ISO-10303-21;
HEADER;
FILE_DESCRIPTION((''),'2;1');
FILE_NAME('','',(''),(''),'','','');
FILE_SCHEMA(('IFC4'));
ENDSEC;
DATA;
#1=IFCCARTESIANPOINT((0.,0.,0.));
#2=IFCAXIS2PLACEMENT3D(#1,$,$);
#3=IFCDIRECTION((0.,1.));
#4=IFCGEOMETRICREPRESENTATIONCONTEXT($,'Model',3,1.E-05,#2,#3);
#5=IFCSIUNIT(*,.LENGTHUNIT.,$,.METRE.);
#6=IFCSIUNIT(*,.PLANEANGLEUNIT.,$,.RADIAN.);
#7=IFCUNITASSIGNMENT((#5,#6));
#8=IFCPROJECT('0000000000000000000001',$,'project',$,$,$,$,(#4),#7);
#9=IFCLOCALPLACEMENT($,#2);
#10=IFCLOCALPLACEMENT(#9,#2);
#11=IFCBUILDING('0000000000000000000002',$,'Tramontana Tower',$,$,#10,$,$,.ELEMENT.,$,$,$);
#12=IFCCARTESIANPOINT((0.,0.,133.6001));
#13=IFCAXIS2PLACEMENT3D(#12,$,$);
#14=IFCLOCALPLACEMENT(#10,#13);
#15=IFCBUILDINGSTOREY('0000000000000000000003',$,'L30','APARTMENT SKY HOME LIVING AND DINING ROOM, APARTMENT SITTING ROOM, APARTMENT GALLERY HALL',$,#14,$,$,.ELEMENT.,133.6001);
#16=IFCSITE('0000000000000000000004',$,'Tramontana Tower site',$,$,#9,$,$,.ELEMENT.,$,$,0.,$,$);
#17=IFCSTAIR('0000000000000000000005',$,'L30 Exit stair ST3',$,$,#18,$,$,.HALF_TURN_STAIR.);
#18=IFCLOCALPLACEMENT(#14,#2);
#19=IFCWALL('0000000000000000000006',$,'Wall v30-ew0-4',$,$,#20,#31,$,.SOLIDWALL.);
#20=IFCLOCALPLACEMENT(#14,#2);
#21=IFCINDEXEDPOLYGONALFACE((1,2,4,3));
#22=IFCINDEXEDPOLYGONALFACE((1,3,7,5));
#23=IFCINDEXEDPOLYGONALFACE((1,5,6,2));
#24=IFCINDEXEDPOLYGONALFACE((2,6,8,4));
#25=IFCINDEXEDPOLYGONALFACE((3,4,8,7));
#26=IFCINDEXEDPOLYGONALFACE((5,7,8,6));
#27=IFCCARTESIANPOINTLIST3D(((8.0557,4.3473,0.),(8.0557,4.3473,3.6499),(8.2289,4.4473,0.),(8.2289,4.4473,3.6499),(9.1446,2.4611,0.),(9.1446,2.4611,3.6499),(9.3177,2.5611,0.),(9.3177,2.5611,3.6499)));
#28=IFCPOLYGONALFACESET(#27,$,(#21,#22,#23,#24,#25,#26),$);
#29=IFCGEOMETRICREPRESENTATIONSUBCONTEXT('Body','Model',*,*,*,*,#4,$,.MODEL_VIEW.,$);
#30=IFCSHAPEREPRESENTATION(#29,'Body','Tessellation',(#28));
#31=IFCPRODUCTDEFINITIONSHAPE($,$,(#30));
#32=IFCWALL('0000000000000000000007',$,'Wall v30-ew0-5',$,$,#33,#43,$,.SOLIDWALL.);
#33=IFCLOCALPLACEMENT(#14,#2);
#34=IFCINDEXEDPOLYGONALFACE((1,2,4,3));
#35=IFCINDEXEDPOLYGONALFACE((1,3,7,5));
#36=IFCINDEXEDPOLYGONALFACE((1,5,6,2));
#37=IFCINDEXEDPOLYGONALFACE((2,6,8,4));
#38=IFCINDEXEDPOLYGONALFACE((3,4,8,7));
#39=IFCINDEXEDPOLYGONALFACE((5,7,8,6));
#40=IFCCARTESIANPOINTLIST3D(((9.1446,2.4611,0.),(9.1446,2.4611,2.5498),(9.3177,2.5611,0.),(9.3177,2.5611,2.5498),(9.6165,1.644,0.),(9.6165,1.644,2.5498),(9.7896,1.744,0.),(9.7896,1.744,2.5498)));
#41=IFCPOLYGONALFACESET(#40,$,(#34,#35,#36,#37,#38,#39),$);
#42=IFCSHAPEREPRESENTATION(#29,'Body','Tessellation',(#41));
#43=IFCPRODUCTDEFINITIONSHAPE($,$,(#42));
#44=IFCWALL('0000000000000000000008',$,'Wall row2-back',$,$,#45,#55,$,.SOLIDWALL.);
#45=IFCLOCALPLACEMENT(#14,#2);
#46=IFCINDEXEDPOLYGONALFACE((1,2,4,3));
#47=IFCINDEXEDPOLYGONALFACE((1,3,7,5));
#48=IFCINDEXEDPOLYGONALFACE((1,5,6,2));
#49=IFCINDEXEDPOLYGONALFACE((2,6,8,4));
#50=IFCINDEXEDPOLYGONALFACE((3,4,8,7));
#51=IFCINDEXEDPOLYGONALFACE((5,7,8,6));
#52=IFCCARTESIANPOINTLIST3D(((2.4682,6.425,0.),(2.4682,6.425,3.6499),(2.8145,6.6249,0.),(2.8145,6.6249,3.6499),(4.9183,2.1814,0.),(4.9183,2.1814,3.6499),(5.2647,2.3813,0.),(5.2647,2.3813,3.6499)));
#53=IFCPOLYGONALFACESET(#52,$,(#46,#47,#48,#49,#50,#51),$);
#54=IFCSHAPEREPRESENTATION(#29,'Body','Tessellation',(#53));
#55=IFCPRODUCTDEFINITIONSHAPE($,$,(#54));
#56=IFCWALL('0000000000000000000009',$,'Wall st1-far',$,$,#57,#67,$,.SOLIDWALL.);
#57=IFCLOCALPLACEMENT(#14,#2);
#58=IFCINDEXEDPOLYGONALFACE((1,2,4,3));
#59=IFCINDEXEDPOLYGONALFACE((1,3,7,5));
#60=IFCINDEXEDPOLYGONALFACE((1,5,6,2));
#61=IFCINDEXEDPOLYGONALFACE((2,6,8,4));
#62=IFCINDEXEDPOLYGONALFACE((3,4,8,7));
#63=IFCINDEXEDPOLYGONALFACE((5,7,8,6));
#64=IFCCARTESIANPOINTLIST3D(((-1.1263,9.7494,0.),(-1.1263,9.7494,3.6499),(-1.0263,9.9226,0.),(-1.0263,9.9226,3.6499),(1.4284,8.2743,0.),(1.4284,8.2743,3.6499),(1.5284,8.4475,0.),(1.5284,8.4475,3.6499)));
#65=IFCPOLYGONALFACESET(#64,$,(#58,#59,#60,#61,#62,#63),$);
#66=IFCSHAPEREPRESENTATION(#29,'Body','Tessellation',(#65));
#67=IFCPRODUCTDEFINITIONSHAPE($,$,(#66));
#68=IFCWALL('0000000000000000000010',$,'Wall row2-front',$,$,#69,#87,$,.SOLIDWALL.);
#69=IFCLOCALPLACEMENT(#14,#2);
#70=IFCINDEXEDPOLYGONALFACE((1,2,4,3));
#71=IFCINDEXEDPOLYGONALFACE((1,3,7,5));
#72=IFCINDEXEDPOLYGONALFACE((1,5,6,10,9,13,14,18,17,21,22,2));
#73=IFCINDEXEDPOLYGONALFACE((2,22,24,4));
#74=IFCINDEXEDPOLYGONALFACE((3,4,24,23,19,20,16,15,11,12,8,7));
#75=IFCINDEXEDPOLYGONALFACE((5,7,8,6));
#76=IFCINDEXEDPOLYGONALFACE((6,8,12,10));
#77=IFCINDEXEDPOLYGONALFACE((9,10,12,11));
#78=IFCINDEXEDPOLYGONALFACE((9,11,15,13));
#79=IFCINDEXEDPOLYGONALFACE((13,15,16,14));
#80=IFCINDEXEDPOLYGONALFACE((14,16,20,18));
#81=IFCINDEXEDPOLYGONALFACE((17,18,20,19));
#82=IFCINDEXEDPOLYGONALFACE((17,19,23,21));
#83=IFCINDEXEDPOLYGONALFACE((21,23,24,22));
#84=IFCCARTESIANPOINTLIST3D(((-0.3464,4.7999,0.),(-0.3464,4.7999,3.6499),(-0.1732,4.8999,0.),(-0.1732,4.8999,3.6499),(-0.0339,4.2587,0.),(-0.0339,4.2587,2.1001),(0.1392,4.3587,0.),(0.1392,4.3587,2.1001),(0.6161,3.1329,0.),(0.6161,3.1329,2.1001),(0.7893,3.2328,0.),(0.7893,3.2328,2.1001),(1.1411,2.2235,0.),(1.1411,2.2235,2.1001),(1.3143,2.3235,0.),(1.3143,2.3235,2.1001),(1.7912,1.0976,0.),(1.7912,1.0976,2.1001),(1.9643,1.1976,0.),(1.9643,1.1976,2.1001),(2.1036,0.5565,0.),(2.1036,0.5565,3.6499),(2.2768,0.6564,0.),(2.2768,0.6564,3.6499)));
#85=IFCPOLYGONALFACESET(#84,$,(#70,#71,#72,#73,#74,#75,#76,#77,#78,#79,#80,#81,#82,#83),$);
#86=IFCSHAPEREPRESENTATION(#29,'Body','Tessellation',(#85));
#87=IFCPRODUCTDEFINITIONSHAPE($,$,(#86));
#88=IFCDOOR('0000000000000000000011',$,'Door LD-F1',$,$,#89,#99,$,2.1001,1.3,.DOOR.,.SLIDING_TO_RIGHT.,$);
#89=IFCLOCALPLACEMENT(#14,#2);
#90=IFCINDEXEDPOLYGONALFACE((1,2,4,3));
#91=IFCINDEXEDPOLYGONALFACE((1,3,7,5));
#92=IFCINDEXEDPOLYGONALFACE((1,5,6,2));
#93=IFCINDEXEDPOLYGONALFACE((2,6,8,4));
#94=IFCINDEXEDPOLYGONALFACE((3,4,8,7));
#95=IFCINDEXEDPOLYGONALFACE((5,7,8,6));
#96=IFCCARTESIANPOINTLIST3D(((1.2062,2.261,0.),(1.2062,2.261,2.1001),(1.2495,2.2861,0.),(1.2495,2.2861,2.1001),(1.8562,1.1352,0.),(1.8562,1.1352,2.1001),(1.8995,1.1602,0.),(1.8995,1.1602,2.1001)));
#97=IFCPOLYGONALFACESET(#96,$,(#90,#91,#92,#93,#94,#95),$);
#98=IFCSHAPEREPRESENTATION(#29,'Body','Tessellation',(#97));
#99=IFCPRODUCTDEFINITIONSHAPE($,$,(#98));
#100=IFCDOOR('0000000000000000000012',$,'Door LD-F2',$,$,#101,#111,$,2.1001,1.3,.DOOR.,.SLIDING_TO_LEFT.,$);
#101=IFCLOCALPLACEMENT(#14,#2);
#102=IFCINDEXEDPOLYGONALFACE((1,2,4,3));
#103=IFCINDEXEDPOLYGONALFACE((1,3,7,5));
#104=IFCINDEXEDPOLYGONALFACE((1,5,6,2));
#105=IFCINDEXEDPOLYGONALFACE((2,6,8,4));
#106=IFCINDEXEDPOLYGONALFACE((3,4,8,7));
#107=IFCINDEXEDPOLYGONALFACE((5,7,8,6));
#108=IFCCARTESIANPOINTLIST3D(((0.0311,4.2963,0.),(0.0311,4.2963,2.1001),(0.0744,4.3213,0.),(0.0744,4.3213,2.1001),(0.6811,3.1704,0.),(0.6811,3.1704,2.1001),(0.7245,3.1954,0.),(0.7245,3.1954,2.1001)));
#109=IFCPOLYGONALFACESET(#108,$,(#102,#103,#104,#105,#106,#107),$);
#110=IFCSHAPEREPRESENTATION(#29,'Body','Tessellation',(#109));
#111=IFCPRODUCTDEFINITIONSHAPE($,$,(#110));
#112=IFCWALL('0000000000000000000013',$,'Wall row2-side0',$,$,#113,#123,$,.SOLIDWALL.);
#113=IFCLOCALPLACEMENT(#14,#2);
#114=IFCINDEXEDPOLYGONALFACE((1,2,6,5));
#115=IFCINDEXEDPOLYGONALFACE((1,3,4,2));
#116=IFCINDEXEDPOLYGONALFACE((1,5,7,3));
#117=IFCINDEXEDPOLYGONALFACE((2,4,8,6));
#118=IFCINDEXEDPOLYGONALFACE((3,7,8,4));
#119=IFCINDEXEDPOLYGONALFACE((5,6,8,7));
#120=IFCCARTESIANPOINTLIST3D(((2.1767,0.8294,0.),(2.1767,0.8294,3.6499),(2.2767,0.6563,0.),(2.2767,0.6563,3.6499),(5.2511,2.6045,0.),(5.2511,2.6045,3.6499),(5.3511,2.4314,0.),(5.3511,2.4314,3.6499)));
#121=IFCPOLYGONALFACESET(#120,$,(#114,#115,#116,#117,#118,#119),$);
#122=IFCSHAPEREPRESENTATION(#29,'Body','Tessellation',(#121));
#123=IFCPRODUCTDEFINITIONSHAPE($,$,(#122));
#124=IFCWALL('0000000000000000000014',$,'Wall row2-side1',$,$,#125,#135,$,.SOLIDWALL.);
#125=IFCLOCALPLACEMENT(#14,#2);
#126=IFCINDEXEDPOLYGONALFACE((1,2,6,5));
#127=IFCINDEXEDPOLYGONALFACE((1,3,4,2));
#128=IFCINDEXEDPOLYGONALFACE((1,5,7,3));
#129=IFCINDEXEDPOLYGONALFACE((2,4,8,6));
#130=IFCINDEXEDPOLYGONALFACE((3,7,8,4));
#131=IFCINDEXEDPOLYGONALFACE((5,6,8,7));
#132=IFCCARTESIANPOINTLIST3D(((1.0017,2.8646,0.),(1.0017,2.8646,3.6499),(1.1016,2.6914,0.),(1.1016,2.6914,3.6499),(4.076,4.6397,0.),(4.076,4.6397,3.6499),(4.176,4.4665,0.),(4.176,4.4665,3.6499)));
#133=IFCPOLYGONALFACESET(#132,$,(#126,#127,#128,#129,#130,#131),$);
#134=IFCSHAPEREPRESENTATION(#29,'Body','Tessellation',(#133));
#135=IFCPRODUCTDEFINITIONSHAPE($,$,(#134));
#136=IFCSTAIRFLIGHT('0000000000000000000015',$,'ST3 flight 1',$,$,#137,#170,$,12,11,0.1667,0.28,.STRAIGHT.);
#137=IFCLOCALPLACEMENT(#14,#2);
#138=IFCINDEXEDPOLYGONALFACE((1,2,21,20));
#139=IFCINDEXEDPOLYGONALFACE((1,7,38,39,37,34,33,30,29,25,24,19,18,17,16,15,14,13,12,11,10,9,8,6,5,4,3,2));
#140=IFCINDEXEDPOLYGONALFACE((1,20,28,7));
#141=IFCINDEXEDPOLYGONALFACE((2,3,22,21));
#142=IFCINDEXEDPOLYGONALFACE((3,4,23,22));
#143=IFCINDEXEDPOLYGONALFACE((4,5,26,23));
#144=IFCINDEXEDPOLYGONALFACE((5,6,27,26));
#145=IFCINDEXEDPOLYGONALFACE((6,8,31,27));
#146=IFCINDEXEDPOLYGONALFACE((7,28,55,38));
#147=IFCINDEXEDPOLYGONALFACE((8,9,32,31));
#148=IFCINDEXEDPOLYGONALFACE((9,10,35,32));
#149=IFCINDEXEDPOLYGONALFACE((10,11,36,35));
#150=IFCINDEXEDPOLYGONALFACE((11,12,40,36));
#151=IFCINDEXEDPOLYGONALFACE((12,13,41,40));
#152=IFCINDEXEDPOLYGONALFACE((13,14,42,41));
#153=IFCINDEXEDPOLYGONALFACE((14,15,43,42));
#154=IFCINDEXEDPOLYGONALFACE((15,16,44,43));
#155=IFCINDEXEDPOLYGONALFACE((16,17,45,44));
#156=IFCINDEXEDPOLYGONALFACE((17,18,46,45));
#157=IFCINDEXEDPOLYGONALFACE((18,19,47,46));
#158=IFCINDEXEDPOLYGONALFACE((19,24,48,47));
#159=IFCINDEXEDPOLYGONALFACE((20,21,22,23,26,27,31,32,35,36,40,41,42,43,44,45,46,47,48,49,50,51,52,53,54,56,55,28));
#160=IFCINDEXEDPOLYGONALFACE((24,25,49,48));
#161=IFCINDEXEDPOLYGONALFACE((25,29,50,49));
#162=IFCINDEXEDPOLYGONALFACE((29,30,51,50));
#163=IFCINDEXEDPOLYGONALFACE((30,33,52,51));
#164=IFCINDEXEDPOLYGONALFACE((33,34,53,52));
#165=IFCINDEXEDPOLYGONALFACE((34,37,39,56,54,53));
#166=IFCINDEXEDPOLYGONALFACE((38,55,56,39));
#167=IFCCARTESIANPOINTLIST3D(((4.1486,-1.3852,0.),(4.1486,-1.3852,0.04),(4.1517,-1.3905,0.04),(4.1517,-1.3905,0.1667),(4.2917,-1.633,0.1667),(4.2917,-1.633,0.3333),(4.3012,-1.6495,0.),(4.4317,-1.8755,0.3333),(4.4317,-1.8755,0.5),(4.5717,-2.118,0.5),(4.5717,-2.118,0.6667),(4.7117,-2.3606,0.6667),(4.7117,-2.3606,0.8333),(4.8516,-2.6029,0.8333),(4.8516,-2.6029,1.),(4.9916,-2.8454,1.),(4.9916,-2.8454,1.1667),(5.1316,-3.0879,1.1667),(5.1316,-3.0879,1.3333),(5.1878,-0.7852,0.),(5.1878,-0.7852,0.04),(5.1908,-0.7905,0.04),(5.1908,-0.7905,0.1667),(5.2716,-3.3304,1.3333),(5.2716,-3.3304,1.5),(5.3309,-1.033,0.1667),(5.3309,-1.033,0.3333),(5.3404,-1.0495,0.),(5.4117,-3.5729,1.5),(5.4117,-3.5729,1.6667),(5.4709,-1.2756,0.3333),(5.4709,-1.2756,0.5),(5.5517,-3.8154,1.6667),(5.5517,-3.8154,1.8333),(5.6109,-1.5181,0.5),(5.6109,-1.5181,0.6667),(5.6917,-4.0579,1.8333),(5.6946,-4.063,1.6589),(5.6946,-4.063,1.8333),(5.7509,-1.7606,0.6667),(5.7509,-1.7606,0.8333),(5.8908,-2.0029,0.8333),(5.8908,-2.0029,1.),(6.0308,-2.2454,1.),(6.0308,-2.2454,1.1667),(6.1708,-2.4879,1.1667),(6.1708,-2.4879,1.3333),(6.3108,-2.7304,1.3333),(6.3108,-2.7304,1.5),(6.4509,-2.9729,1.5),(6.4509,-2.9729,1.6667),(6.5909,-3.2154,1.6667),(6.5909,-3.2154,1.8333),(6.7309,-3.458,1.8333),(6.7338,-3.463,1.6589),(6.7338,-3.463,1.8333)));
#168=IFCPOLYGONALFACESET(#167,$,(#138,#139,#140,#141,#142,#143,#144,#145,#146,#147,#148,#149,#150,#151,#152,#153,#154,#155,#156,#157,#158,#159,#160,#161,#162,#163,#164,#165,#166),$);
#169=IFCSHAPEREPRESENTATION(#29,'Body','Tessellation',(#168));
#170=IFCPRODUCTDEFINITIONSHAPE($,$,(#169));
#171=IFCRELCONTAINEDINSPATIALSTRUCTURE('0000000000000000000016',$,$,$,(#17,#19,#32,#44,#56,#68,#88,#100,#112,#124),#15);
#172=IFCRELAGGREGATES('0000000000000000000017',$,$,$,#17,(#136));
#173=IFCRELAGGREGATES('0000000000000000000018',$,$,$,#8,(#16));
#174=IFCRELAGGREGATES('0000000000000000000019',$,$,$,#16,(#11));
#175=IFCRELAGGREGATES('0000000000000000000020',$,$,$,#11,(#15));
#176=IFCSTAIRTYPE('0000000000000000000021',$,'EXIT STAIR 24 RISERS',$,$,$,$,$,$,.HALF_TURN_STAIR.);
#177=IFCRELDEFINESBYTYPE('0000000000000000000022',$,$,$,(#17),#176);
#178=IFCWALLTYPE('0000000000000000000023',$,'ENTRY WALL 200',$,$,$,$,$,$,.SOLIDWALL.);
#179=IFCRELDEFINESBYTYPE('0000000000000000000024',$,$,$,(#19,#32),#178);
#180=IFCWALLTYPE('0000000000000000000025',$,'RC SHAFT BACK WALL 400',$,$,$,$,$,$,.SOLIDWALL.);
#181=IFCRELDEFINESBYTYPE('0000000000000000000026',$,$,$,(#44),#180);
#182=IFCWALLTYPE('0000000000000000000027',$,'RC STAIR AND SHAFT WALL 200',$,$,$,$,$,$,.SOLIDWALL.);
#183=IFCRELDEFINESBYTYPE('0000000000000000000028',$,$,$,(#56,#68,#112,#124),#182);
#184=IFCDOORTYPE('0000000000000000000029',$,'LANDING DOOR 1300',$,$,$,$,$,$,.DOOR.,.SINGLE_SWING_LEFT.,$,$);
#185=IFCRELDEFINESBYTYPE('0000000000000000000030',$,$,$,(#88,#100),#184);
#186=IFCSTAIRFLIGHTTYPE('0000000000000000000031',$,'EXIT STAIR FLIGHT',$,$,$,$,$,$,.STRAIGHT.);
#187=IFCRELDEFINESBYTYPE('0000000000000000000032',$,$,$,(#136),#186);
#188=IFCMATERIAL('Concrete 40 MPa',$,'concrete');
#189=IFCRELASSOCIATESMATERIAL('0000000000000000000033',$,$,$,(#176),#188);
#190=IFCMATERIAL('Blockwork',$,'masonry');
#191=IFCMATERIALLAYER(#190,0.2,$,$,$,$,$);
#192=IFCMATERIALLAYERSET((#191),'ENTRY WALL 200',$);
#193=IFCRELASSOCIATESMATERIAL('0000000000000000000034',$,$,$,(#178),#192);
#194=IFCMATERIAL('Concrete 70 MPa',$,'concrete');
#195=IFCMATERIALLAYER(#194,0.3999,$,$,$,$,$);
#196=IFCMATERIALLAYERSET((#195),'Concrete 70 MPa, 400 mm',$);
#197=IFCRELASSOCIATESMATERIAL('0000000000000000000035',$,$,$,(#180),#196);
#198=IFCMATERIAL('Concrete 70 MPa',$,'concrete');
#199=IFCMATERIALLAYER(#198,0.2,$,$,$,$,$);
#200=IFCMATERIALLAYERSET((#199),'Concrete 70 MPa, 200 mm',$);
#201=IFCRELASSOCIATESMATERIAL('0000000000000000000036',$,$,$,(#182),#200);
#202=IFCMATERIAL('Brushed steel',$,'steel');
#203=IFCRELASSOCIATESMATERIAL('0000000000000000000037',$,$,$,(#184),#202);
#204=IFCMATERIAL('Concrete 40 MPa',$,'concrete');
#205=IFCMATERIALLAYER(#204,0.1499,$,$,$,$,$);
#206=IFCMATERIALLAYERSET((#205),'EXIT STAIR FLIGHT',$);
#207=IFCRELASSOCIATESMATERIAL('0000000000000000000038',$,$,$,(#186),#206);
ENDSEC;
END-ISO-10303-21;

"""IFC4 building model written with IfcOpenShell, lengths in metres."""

from ifc_helpers import new_model, si_unit, direction, frame, frame_2d, origin, place, context, subcontext, project, spatial, polyline, rectangle, outline, extrude, material, layer, layer_set, type_object, element, fill, aggregate, save


model = new_model("IFC4")

# Units and contexts
model_context = context("Model", 3, precision=1e-05, world=origin(), true_north=direction((0.0, 1.0)))
body_context = subcontext(model_context, "Body", "Model", "MODEL_VIEW")
ifc_project = project(units=[si_unit("LENGTHUNIT", "METRE"), si_unit("PLANEANGLEUNIT", "RADIAN")], contexts=[model_context])

# Site, building, storey
site_placement = place(None, origin())
site = spatial("IfcSite", under=ifc_project, at=site_placement, Name="Tramontana Tower site", CompositionType="ELEMENT", RefElevation=0.0)
building_placement = place(site_placement, origin())
building = spatial("IfcBuilding", under=site, at=building_placement, Name="Tramontana Tower", CompositionType="ELEMENT")
storey_placement = place(building_placement, frame((0.0, 0.0, 133.6001)))
storey = spatial("IfcBuildingStorey", under=building, at=storey_placement, Name="L30", Description="APARTMENT SKY HOME LIVING AND DINING ROOM, APARTMENT SITTING ROOM, APARTMENT GALLERY HALL", CompositionType="ELEMENT", Elevation=133.6001)

# Stair
ifc_material_1 = material(Name="Concrete 40 MPa", Category="concrete")
stair_type = type_object("IfcStairType", Name="EXIT STAIR 24 RISERS", PredefinedType="HALF_TURN_STAIR", material=ifc_material_1)
stair_1_placement = place(storey_placement, origin())
stair_1 = element("IfcStair", 1, at=stair_1_placement, inside=storey, type_object=stair_type, Name="L30 Exit stair ST3", PredefinedType="HALF_TURN_STAIR")

# Walls
ifc_material_2 = material(Name="Blockwork", Category="masonry")
ifc_layer_1 = layer(ifc_material_2, 0.2)
ifc_layer_set_1 = layer_set([ifc_layer_1], Name="ENTRY WALL 200")
wall_type_1 = type_object("IfcWallType", Name="ENTRY WALL 200", PredefinedType="SOLIDWALL", material=ifc_layer_set_1)
wall_1_placement = place(storey_placement, frame((8.1423, 4.3972, 0.0), z_axis=(0.0, 0.0, 1.0), x_axis=(0.499949, -0.866055, 0.0)))
element("IfcWall", 2, at=wall_1_placement, inside=storey, type_object=wall_type_1, Name="Wall v30-ew0-4", PredefinedType="SOLIDWALL", context=body_context, shape_type="SweptSolid", body=[
    extrude(rectangle(XDim=2.178, YDim=0.2, at=frame_2d((1.0889, 0.0))), origin(), (0.0, 0.0, 1.0), 3.6499),
])
wall_2_placement = place(storey_placement, frame((9.2312, 2.511, 0.0), z_axis=(0.0, 0.0, 1.0), x_axis=(0.500118, -0.865957, 0.0)))
element("IfcWall", 3, at=wall_2_placement, inside=storey, type_object=wall_type_1, Name="Wall v30-ew0-5", PredefinedType="SOLIDWALL", context=body_context, shape_type="SweptSolid", body=[
    extrude(rectangle(XDim=0.9436, YDim=0.2, at=frame_2d((0.4717, 0.0))), origin(), (0.0, 0.0, 1.0), 2.5498),
])
ifc_material_3 = material(Name="Concrete 70 MPa", Category="concrete")
ifc_layer_2 = layer(ifc_material_3, 0.3999)
ifc_layer_set_2 = layer_set([ifc_layer_2], Name="Concrete 70 MPa, 400 mm")
wall_type_2 = type_object("IfcWallType", Name="RC SHAFT BACK WALL 400", PredefinedType="SOLIDWALL", material=ifc_layer_set_2)
wall_3_placement = place(storey_placement, frame((5.0916, 2.2812, 0.0), z_axis=(0.0, 0.0, 1.0), x_axis=(-0.500019, 0.866015, 0.0)))
element("IfcWall", 4, at=wall_3_placement, inside=storey, type_object=wall_type_2, Name="Wall row2-back", PredefinedType="SOLIDWALL", context=body_context, shape_type="SweptSolid", body=[
    extrude(rectangle(XDim=4.9001, YDim=0.3999, at=frame_2d((2.4502, 0.0))), origin(), (0.0, 0.0, 1.0), 3.6499),
])
ifc_material_4 = material(Name="Concrete 70 MPa", Category="concrete")
ifc_layer_3 = layer(ifc_material_4, 0.2)
ifc_layer_set_3 = layer_set([ifc_layer_3], Name="Concrete 70 MPa, 200 mm")
wall_type_3 = type_object("IfcWallType", Name="RC STAIR AND SHAFT WALL 200", PredefinedType="SOLIDWALL", material=ifc_layer_set_3)
wall_4_placement = place(storey_placement, frame((1.4785, 8.3608, 0.0), z_axis=(0.0, 0.0, 1.0), x_axis=(-0.866004, 0.500038, 0.0)))
element("IfcWall", 5, at=wall_4_placement, inside=storey, type_object=wall_type_3, Name="Wall st1-far", PredefinedType="SOLIDWALL", context=body_context, shape_type="SweptSolid", body=[
    extrude(rectangle(XDim=2.95, YDim=0.2, at=frame_2d((1.4751, 0.0))), origin(), (0.0, 0.0, 1.0), 3.6499),
])

# Wall, openings, doors
wall_5_placement = place(storey_placement, frame((2.1902, 0.6064, 0.0), z_axis=(0.0, 0.0, 1.0), x_axis=(-0.500003, 0.866024, 0.0)))
wall_5 = element("IfcWall", 6, at=wall_5_placement, inside=storey, type_object=wall_type_3, Name="Wall row2-front", PredefinedType="SOLIDWALL", context=body_context, shape_type="SweptSolid", body=[
    extrude(rectangle(XDim=4.8999, YDim=0.2, at=frame_2d((2.45, 0.0))), origin(), (0.0, 0.0, 1.0), 3.6499),
])
opening_1_placement = place(wall_5_placement, frame((0.625, 0.0, 0.0)))
opening_1 = element("IfcOpeningElement", 7, at=opening_1_placement, cuts=wall_5, PredefinedType="OPENING", context=body_context, shape_type="SweptSolid", body=[
    extrude(rectangle(XDim=1.3, YDim=2.1001, at=frame_2d((0.6499, 1.05))), frame((0.0, 0.1099, 0.0), z_axis=(0.0, -1.0, 0.0), x_axis=(1.0, 0.0, 0.0)), (0.0, 0.0, 1.0), 0.22),
])
opening_2_placement = place(wall_5_placement, frame((2.9751, 0.0, 0.0)))
opening_2 = element("IfcOpeningElement", 8, at=opening_2_placement, cuts=wall_5, PredefinedType="OPENING", context=body_context, shape_type="SweptSolid", body=[
    extrude(rectangle(XDim=1.3, YDim=2.1001, at=frame_2d((0.6499, 1.05))), frame((0.0, 0.1099, 0.0), z_axis=(0.0, -1.0, 0.0), x_axis=(1.0, 0.0, 0.0)), (0.0, 0.0, 1.0), 0.22),
])
ifc_material_5 = material(Name="Brushed steel", Category="steel")
door_type_1 = type_object("IfcDoorType", Name="LANDING DOOR 1300", OperationType="SINGLE_SWING_LEFT", PredefinedType="DOOR", material=ifc_material_5)
door_1_placement = place(opening_1_placement, origin())
door_1 = element("IfcDoor", 9, at=door_1_placement, inside=storey, type_object=door_type_1, Name="Door LD-F1", OperationType="SLIDING_TO_RIGHT", OverallHeight=2.1001, OverallWidth=1.3, PredefinedType="DOOR", context=body_context, shape_type="SweptSolid", body=[
    extrude(rectangle(XDim=1.3, YDim=2.1001, at=frame_2d((0.6499, 1.05))), frame((0.0, 0.0249, 0.0), z_axis=(0.0, -1.0, 0.0), x_axis=(1.0, 0.0, 0.0)), (0.0, 0.0, 1.0), 0.05),
])
fill(opening_1, door_1)
door_2_placement = place(opening_2_placement, origin())
door_2 = element("IfcDoor", 10, at=door_2_placement, inside=storey, type_object=door_type_1, Name="Door LD-F2", OperationType="SLIDING_TO_LEFT", OverallHeight=2.1001, OverallWidth=1.3, PredefinedType="DOOR", context=body_context, shape_type="SweptSolid", body=[
    extrude(rectangle(XDim=1.3, YDim=2.1001, at=frame_2d((0.6499, 1.05))), frame((0.0, 0.0249, 0.0), z_axis=(0.0, -1.0, 0.0), x_axis=(1.0, 0.0, 0.0)), (0.0, 0.0, 1.0), 0.05),
])
fill(opening_2, door_2)

# Walls
for number, where, z_axis, x_axis, name in (
    (11, (2.2268, 0.7429, 0.0), (0.0, 0.0, 1.0), (0.866013, 0.500022, 0.0), "Wall row2-side0"),
    (12, (1.0518, 2.7781, 0.0), (0.0, 0.0, 1.0), (0.866013, 0.500022, 0.0), "Wall row2-side1"),
):
    element("IfcWall", number, at=place(storey_placement, frame(where, z_axis=z_axis, x_axis=x_axis)), inside=storey, type_object=wall_type_3, Name=name, PredefinedType="SOLIDWALL", context=body_context, shape_type="SweptSolid", body=[
        extrude(rectangle(XDim=3.55, YDim=0.2, at=frame_2d((1.7749, 0.0))), origin(), (0.0, 0.0, 1.0), 3.6499),
    ])

# Stair flight
ifc_material_6 = material(Name="Concrete 40 MPa", Category="concrete")
ifc_layer_4 = layer(ifc_material_6, 0.1499)
ifc_layer_set_4 = layer_set([ifc_layer_4], Name="EXIT STAIR FLIGHT")
stair_flight_type = type_object("IfcStairFlightType", Name="EXIT STAIR FLIGHT", PredefinedType="STRAIGHT", material=ifc_layer_set_4)
stair_flight_placement = place(storey_placement, frame((4.6711, -1.0906, 0.0), z_axis=(0.0, 0.0, 1.0), x_axis=(0.5, -0.866025, 0.0)))
stair_flight = element("IfcStairFlight", 13, at=stair_flight_placement, type_object=stair_flight_type, Name="ST3 flight 1", NumberOfRisers=12, NumberOfTreads=11, PredefinedType="STRAIGHT", RiserHeight=0.1667, TreadLength=0.28, context=body_context, shape_type="SweptSolid", body=[
    extrude(outline(polyline([(-0.0061, 0.0), (-0.0061, 0.04), (0.0, 0.04), (0.0, 0.1667), (0.28, 0.1667), (0.28, 0.3333), (0.5601, 0.3333), (0.5601, 0.5), (0.8401, 0.5), (0.8401, 0.6667), (1.1201, 0.6667), (1.1201, 0.8333), (1.3999, 0.8333), (1.3999, 1.0), (1.6799, 1.0), (1.6799, 1.1667), (1.96, 1.1667), (1.96, 1.3333), (2.24, 1.3333), (2.24, 1.5), (2.52, 1.5), (2.52, 1.6667), (2.8, 1.6667), (2.8, 1.8333), (3.0801, 1.8333), (3.0859, 1.8333), (3.0859, 1.6589), (0.2991, 0.0), (-0.0061, 0.0)])), frame((0.0, 0.6001, 0.0), z_axis=(0.0, -1.0, 0.0), x_axis=(1.0, 0.0, 0.0)), (0.0, 0.0, 1.0), 1.2),
])
aggregate(stair_1, [stair_flight])

save(model, "model.ifc")
